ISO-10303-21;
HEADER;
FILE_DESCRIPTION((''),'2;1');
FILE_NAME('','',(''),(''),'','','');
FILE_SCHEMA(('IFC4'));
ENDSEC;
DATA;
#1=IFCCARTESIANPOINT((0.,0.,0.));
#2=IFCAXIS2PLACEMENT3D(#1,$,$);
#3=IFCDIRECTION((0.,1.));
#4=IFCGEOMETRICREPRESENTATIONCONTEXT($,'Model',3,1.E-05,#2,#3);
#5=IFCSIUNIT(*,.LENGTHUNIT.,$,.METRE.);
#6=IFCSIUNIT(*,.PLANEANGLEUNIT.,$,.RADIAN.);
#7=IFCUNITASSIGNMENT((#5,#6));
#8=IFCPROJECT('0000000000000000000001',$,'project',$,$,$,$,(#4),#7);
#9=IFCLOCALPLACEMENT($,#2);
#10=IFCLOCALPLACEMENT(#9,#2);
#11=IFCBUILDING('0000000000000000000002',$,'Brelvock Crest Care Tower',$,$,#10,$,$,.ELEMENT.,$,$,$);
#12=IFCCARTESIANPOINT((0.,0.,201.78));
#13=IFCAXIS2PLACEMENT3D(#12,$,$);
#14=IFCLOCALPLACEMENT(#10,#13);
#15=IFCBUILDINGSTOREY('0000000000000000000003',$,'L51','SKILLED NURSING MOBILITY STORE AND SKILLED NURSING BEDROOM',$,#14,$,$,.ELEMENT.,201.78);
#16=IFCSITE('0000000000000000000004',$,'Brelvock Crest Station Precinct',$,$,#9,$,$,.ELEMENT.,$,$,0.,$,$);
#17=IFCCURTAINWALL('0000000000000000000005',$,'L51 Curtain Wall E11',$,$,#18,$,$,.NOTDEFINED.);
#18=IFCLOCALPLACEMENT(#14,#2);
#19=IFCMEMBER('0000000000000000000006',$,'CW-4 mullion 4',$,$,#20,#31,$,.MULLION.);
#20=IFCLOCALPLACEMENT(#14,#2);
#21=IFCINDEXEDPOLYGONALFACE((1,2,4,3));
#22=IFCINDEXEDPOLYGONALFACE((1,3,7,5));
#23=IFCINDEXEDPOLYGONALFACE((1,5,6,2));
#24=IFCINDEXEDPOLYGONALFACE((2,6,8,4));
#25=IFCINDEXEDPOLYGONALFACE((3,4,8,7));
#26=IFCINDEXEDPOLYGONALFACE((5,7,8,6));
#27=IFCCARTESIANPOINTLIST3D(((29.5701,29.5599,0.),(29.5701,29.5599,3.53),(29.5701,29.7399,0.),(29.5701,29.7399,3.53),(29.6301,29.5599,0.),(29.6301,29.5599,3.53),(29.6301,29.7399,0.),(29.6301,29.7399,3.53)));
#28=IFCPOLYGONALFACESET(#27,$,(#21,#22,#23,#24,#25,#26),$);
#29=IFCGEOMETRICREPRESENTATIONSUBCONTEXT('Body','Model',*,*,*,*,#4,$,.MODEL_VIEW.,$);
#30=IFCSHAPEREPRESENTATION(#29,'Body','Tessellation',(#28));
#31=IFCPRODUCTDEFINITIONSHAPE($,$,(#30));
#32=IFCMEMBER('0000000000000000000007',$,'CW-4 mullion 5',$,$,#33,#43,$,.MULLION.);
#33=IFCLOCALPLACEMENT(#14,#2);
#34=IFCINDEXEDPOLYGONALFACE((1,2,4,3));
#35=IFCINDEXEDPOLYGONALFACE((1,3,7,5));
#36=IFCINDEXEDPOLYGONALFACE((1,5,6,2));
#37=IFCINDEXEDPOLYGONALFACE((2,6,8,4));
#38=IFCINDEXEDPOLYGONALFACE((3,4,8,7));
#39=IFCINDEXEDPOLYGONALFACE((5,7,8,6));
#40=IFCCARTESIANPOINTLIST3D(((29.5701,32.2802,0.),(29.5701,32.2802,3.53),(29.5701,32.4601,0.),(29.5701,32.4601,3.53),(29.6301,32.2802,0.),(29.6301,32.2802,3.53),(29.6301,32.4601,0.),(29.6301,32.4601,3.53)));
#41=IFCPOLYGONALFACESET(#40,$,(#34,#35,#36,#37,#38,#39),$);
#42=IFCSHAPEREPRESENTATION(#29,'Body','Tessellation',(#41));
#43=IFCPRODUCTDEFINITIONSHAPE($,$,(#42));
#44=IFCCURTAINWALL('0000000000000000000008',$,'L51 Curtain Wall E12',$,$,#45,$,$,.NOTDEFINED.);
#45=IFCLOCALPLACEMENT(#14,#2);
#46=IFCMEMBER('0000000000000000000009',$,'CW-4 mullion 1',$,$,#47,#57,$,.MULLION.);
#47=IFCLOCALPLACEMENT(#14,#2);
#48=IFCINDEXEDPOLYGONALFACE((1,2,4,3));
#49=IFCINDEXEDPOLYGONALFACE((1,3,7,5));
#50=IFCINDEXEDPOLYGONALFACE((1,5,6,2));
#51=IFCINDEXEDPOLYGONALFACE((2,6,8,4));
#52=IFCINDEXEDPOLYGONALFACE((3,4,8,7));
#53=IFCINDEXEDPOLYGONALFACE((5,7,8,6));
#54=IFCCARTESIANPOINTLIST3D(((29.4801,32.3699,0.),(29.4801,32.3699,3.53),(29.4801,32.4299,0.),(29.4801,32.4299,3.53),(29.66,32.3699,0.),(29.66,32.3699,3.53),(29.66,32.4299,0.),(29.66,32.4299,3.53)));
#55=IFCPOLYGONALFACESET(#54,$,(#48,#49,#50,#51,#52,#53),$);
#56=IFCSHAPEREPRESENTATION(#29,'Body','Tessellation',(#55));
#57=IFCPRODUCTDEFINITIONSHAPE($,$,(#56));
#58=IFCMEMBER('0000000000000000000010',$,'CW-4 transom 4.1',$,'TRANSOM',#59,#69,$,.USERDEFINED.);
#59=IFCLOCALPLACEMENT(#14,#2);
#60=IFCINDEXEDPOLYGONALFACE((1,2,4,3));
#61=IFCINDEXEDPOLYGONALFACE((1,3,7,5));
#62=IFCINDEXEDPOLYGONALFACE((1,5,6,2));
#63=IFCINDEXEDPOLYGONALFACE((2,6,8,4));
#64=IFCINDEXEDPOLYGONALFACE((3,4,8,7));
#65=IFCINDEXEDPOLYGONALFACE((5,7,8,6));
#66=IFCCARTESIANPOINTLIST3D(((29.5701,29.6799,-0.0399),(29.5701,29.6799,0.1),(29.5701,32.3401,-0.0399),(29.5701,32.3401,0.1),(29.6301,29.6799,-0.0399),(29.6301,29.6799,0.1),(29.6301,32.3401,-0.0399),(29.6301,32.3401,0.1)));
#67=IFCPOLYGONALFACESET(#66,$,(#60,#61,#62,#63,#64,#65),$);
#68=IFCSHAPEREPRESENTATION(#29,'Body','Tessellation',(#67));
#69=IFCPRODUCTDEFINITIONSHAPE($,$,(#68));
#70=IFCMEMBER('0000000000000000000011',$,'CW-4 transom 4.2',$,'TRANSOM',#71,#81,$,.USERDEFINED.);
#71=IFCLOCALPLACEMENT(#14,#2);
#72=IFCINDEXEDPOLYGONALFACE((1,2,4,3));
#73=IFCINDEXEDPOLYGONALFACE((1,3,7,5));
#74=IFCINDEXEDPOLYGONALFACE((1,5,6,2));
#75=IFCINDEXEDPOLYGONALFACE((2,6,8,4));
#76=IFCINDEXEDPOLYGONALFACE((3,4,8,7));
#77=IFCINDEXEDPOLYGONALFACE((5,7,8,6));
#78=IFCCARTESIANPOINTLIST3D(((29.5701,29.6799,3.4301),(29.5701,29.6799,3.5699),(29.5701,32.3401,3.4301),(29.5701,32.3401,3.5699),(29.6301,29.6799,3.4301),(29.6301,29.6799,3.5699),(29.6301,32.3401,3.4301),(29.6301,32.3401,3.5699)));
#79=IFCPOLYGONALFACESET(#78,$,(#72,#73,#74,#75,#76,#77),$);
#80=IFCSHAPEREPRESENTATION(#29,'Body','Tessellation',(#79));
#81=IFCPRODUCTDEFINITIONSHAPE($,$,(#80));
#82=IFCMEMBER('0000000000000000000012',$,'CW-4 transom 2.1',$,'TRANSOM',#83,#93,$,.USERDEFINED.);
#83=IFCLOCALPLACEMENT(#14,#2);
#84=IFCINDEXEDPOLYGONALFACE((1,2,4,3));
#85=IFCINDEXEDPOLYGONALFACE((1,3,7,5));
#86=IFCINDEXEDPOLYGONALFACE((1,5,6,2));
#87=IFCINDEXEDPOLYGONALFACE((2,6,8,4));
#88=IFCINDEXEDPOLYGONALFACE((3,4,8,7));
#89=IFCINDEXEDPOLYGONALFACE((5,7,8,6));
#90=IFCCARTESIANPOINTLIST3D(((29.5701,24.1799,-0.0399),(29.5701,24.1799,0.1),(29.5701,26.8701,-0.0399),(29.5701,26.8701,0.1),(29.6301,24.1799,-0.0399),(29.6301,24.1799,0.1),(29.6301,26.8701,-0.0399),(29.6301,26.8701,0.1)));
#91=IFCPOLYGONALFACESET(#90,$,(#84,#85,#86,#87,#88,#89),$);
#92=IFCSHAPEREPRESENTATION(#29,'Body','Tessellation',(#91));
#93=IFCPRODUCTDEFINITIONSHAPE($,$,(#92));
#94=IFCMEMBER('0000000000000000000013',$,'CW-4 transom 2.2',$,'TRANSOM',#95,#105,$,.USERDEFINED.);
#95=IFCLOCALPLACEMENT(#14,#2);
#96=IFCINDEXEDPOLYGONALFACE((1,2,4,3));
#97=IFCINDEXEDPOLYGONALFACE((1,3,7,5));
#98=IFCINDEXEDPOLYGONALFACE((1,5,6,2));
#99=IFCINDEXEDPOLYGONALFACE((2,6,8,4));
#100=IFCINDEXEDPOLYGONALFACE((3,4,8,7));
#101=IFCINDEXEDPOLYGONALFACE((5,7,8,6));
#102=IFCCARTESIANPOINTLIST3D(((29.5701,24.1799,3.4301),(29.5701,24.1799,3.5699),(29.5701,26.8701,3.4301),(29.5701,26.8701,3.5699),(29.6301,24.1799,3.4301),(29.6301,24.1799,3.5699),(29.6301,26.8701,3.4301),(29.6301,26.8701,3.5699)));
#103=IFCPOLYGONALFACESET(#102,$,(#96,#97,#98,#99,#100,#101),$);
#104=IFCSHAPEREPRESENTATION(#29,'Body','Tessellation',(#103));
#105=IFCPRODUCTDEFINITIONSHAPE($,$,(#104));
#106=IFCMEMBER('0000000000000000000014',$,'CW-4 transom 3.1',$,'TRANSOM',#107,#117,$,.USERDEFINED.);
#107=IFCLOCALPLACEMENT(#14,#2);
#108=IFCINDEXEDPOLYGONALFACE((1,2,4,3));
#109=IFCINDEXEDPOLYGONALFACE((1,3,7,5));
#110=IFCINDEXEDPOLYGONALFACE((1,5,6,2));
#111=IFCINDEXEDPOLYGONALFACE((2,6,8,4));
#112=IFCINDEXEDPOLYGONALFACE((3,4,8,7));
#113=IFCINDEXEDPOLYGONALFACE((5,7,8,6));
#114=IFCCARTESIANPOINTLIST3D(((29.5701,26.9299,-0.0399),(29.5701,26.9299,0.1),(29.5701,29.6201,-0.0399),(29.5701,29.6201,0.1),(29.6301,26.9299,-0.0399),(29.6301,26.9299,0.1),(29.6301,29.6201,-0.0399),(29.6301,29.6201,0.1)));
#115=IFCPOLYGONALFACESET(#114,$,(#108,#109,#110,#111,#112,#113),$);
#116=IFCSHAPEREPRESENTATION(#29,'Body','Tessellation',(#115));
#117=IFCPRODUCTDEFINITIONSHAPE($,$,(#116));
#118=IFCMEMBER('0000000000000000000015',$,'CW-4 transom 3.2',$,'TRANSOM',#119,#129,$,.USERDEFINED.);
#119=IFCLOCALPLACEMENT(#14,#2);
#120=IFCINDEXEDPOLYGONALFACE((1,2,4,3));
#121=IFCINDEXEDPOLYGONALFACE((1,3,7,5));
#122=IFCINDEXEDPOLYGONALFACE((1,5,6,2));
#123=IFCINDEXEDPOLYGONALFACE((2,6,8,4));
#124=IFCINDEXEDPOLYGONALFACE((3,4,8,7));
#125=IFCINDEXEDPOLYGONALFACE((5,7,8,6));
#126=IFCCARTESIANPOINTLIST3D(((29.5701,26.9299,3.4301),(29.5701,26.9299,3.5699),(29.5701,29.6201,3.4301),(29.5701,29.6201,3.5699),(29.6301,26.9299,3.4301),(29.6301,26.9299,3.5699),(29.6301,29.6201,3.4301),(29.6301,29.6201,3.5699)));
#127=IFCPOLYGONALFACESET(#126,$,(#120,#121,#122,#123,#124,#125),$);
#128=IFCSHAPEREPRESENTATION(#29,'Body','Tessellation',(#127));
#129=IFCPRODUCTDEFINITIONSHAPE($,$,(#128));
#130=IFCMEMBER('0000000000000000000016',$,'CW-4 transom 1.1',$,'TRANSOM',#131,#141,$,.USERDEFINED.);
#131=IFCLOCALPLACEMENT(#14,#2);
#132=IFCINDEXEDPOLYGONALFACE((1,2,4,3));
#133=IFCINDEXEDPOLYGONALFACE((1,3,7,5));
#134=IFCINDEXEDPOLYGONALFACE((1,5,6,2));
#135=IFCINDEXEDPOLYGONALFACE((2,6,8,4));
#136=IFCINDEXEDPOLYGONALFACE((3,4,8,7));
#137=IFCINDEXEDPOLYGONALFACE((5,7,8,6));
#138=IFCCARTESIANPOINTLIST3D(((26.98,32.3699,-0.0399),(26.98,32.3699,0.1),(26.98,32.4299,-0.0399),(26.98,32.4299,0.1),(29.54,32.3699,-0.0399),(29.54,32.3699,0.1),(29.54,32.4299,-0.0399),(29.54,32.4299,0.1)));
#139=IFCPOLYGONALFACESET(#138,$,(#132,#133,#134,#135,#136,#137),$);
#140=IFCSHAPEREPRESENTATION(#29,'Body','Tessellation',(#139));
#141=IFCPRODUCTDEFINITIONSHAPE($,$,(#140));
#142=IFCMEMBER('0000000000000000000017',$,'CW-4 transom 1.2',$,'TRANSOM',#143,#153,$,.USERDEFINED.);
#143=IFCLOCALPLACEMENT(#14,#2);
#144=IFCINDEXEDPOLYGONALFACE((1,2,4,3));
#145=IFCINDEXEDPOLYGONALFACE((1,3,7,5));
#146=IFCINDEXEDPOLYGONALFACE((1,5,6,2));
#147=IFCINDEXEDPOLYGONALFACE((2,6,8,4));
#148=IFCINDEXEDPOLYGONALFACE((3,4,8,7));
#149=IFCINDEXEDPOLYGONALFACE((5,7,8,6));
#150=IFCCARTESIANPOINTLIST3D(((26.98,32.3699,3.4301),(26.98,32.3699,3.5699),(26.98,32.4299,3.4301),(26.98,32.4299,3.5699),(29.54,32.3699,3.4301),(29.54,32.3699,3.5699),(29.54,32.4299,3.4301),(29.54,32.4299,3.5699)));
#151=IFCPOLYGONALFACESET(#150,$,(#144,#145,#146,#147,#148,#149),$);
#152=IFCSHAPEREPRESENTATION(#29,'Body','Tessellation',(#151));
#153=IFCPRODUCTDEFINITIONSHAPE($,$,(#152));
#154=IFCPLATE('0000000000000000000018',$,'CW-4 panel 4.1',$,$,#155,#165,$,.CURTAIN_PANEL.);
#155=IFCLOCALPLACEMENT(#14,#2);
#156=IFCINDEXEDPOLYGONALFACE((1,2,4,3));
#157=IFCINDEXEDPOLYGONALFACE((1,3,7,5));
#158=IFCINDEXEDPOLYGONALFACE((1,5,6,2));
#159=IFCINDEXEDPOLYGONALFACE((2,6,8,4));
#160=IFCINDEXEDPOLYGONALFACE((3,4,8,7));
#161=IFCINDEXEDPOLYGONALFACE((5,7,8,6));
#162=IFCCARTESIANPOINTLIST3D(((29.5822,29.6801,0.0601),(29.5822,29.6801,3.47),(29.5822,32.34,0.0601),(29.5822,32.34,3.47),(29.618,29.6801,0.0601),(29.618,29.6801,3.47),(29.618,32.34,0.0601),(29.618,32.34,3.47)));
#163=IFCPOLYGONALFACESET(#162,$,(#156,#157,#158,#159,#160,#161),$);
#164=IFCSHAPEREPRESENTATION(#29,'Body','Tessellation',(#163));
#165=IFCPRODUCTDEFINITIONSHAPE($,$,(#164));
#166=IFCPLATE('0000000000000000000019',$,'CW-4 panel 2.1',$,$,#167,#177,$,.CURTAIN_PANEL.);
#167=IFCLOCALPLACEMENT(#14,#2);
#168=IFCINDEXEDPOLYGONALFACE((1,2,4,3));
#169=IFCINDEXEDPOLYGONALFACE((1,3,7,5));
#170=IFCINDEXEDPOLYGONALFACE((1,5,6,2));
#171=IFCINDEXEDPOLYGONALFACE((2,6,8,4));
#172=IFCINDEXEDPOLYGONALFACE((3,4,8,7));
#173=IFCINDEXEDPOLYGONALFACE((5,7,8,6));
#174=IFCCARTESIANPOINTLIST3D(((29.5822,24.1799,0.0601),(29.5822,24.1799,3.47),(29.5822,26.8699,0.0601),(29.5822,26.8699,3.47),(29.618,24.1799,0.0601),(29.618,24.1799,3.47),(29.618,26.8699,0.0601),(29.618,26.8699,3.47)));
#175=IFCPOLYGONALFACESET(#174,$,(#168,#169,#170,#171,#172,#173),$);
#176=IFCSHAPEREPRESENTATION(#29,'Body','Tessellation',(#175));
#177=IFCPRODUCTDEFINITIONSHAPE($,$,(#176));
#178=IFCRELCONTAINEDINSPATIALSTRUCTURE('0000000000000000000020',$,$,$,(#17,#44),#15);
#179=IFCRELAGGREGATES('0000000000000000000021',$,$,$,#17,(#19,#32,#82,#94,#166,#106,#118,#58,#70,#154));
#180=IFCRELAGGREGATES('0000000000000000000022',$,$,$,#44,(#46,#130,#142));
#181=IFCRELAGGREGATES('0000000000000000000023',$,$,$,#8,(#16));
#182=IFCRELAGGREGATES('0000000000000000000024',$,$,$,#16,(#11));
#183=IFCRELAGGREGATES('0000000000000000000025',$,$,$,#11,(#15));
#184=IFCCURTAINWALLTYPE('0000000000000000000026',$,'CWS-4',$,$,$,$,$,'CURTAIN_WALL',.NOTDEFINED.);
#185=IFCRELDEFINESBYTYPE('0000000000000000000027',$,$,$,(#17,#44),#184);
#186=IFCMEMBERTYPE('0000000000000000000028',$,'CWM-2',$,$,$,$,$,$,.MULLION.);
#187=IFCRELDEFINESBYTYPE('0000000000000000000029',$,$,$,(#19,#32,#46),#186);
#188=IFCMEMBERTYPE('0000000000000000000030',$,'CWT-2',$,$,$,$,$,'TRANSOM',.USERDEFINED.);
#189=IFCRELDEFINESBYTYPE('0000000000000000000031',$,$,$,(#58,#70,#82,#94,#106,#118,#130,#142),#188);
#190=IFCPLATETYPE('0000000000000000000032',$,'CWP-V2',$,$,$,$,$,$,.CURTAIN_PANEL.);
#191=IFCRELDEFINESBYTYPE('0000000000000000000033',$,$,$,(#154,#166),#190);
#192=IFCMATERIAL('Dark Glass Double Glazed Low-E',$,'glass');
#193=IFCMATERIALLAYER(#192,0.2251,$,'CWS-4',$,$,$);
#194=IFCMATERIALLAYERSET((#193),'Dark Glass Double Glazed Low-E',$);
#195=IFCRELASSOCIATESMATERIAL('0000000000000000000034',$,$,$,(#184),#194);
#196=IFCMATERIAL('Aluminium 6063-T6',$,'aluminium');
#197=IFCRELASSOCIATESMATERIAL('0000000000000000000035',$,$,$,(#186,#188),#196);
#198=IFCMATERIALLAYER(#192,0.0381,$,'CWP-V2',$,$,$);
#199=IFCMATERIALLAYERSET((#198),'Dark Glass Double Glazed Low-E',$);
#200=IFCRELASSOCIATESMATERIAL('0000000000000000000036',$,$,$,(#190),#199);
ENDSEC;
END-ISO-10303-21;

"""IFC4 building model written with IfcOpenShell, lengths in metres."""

from ifc_helpers import new_model, si_unit, direction, frame, origin, origin_2d, place, context, subcontext, project, spatial, rectangle, extrude, source, transform, mapped, material, layer, layer_set, material_profile, profile_set, type_object, element, aggregate, save


model = new_model("IFC4")

# Units and contexts
model_context = context("Model", 3, precision=1e-05, world=origin(), true_north=direction((0.0, 1.0)))
body_context = subcontext(model_context, "Body", "Model", "MODEL_VIEW")
ifc_project = project(units=[si_unit("LENGTHUNIT", "METRE"), si_unit("PLANEANGLEUNIT", "RADIAN")], contexts=[model_context])

# Site, building, storey
site_placement = place(None, origin())
site = spatial("IfcSite", under=ifc_project, at=site_placement, Name="Brelvock Crest Station Precinct", CompositionType="ELEMENT", RefElevation=0.0)
building_placement = place(site_placement, origin())
building = spatial("IfcBuilding", under=site, at=building_placement, Name="Brelvock Crest Care Tower", CompositionType="ELEMENT")
storey_placement = place(building_placement, frame((0.0, 0.0, 201.78)))
storey = spatial("IfcBuildingStorey", under=building, at=storey_placement, Name="L51", Description="SKILLED NURSING MOBILITY STORE AND SKILLED NURSING BEDROOM", CompositionType="ELEMENT", Elevation=201.78)

# Curtain wall, members
ifc_material_1 = material(Name="Dark Glass Double Glazed Low-E", Category="glass")
ifc_layer_1 = layer(ifc_material_1, 0.2251, Name="CWS-4")
ifc_layer_set_1 = layer_set([ifc_layer_1], Name="Dark Glass Double Glazed Low-E")
curtain_wall_type = type_object("IfcCurtainWallType", Name="CWS-4", ElementType="CURTAIN_WALL", PredefinedType="NOTDEFINED", material=ifc_layer_set_1)
curtain_wall_1_placement = place(storey_placement, origin())
curtain_wall_1 = element("IfcCurtainWall", 1, at=curtain_wall_1_placement, inside=storey, type_object=curtain_wall_type, Name="L51 Curtain Wall E11", PredefinedType="NOTDEFINED")
ifc_material_2 = material(Name="Aluminium 6063-T6", Category="aluminium")
ifc_material_profile_1 = material_profile(ifc_material_2, rectangle(XDim=0.0601, YDim=0.1799, at=origin_2d()), Name="ALU60x180")
ifc_profile_set_1 = profile_set([ifc_material_profile_1], Name="Aluminium 6063-T6")
member_type_1 = type_object("IfcMemberType", Name="CWM-2", PredefinedType="MULLION", material=ifc_profile_set_1)
shared_shape_1 = source(origin(), body_context, "Body", "SweptSolid", [
    extrude(rectangle(XDim=0.0601, YDim=0.1799, at=origin_2d()), origin(), (0.0, 0.0, 1.0), 3.53),
])
member_1_placement = place(storey_placement, frame((29.6001, 29.6499, 0.0), z_axis=(0.0, 0.0, 1.0), x_axis=(-1.0, 0.0, 0.0)))
member_1 = element("IfcMember", 2, at=member_1_placement, type_object=member_type_1, Name="CW-4 mullion 4", PredefinedType="MULLION", context=body_context, shape_type="MappedRepresentation", body=[
    mapped(shared_shape_1, transform((0.0, 0.0, 0.0), x_axis=(1.0, 0.0, 0.0), y_axis=(0.0, 1.0, 0.0), z_axis=(0.0, 0.0, 1.0), scale=1.0)),
])
member_2_placement = place(storey_placement, frame((29.6001, 32.3701, 0.0), z_axis=(0.0, 0.0, 1.0), x_axis=(-1.0, 0.0, 0.0)))
member_2 = element("IfcMember", 3, at=member_2_placement, type_object=member_type_1, Name="CW-4 mullion 5", PredefinedType="MULLION", context=body_context, shape_type="MappedRepresentation", body=[
    mapped(shared_shape_1, transform((0.0, 0.0, 0.0), x_axis=(1.0, 0.0, 0.0), y_axis=(0.0, 1.0, 0.0), z_axis=(0.0, 0.0, 1.0), scale=1.0)),
])

# Curtain wall, member
curtain_wall_2_placement = place(storey_placement, origin())
curtain_wall_2 = element("IfcCurtainWall", 4, at=curtain_wall_2_placement, inside=storey, type_object=curtain_wall_type, Name="L51 Curtain Wall E12", PredefinedType="NOTDEFINED")
member_3_placement = place(storey_placement, frame((29.5701, 32.3999, 0.0), z_axis=(0.0, 0.0, 1.0), x_axis=(0.0, -1.0, 0.0)))
member_3 = element("IfcMember", 5, at=member_3_placement, type_object=member_type_1, Name="CW-4 mullion 1", PredefinedType="MULLION", context=body_context, shape_type="MappedRepresentation", body=[
    mapped(shared_shape_1, transform((0.0, 0.0, 0.0), x_axis=(1.0, 0.0, 0.0), y_axis=(0.0, 1.0, 0.0), z_axis=(0.0, 0.0, 1.0), scale=1.0)),
])

# Members
ifc_material_profile_2 = material_profile(ifc_material_2, rectangle(XDim=0.0601, YDim=0.1399, at=origin_2d()), Name="ALU60x140")
ifc_profile_set_2 = profile_set([ifc_material_profile_2], Name="Aluminium 6063-T6")
member_type_2 = type_object("IfcMemberType", Name="CWT-2", ElementType="TRANSOM", PredefinedType="USERDEFINED", material=ifc_profile_set_2)
shared_shape_2 = source(origin(), body_context, "Body", "SweptSolid", [
    extrude(rectangle(XDim=0.0601, YDim=0.1399, at=origin_2d()), origin(), (0.0, 0.0, 1.0), 2.6602),
])
member_4_placement = place(storey_placement, frame((29.6001, 29.6799, 0.03), z_axis=(0.0, 1.0, 0.0), x_axis=(-1.0, 0.0, 0.0)))
member_4 = element("IfcMember", 6, at=member_4_placement, type_object=member_type_2, Name="CW-4 transom 4.1", ObjectType="TRANSOM", PredefinedType="USERDEFINED", context=body_context, shape_type="MappedRepresentation", body=[
    mapped(shared_shape_2, transform((0.0, 0.0, 0.0), x_axis=(1.0, 0.0, 0.0), y_axis=(0.0, 1.0, 0.0), z_axis=(0.0, 0.0, 1.0), scale=1.0)),
])
member_5_placement = place(storey_placement, frame((29.6001, 29.6799, 3.5), z_axis=(0.0, 1.0, 0.0), x_axis=(-1.0, 0.0, 0.0)))
member_5 = element("IfcMember", 7, at=member_5_placement, type_object=member_type_2, Name="CW-4 transom 4.2", ObjectType="TRANSOM", PredefinedType="USERDEFINED", context=body_context, shape_type="MappedRepresentation", body=[
    mapped(shared_shape_2, transform((0.0, 0.0, 0.0), x_axis=(1.0, 0.0, 0.0), y_axis=(0.0, 1.0, 0.0), z_axis=(0.0, 0.0, 1.0), scale=1.0)),
])
shared_shape_3 = source(origin(), body_context, "Body", "SweptSolid", [
    extrude(rectangle(XDim=0.0601, YDim=0.1399, at=origin_2d()), origin(), (0.0, 0.0, 1.0), 2.6902),
])
member_6_placement = place(storey_placement, frame((29.6001, 24.1799, 0.03), z_axis=(0.0, 1.0, 0.0), x_axis=(-1.0, 0.0, 0.0)))
member_6 = element("IfcMember", 8, at=member_6_placement, type_object=member_type_2, Name="CW-4 transom 2.1", ObjectType="TRANSOM", PredefinedType="USERDEFINED", context=body_context, shape_type="MappedRepresentation", body=[
    mapped(shared_shape_3, transform((0.0, 0.0, 0.0), x_axis=(1.0, 0.0, 0.0), y_axis=(0.0, 1.0, 0.0), z_axis=(0.0, 0.0, 1.0), scale=1.0)),
])
member_7_placement = place(storey_placement, frame((29.6001, 24.1799, 3.5), z_axis=(0.0, 1.0, 0.0), x_axis=(-1.0, 0.0, 0.0)))
member_7 = element("IfcMember", 9, at=member_7_placement, type_object=member_type_2, Name="CW-4 transom 2.2", ObjectType="TRANSOM", PredefinedType="USERDEFINED", context=body_context, shape_type="MappedRepresentation", body=[
    mapped(shared_shape_3, transform((0.0, 0.0, 0.0), x_axis=(1.0, 0.0, 0.0), y_axis=(0.0, 1.0, 0.0), z_axis=(0.0, 0.0, 1.0), scale=1.0)),
])
member_8_placement = place(storey_placement, frame((29.6001, 26.9299, 0.03), z_axis=(0.0, 1.0, 0.0), x_axis=(-1.0, 0.0, 0.0)))
member_8 = element("IfcMember", 10, at=member_8_placement, type_object=member_type_2, Name="CW-4 transom 3.1", ObjectType="TRANSOM", PredefinedType="USERDEFINED", context=body_context, shape_type="MappedRepresentation", body=[
    mapped(shared_shape_3, transform((0.0, 0.0, 0.0), x_axis=(1.0, 0.0, 0.0), y_axis=(0.0, 1.0, 0.0), z_axis=(0.0, 0.0, 1.0), scale=1.0)),
])
member_9_placement = place(storey_placement, frame((29.6001, 26.9299, 3.5), z_axis=(0.0, 1.0, 0.0), x_axis=(-1.0, 0.0, 0.0)))
member_9 = element("IfcMember", 11, at=member_9_placement, type_object=member_type_2, Name="CW-4 transom 3.2", ObjectType="TRANSOM", PredefinedType="USERDEFINED", context=body_context, shape_type="MappedRepresentation", body=[
    mapped(shared_shape_3, transform((0.0, 0.0, 0.0), x_axis=(1.0, 0.0, 0.0), y_axis=(0.0, 1.0, 0.0), z_axis=(0.0, 0.0, 1.0), scale=1.0)),
])
shared_shape_4 = source(origin(), body_context, "Body", "SweptSolid", [
    extrude(rectangle(XDim=0.0601, YDim=0.1399, at=origin_2d()), origin(), (0.0, 0.0, 1.0), 2.5601),
])
member_10_placement = place(storey_placement, frame((29.54, 32.3999, 0.03), z_axis=(-1.0, 0.0, 0.0), x_axis=(0.0, -1.0, 0.0)))
member_10 = element("IfcMember", 12, at=member_10_placement, type_object=member_type_2, Name="CW-4 transom 1.1", ObjectType="TRANSOM", PredefinedType="USERDEFINED", context=body_context, shape_type="MappedRepresentation", body=[
    mapped(shared_shape_4, transform((0.0, 0.0, 0.0), x_axis=(1.0, 0.0, 0.0), y_axis=(0.0, 1.0, 0.0), z_axis=(0.0, 0.0, 1.0), scale=1.0)),
])
member_11_placement = place(storey_placement, frame((29.54, 32.3999, 3.5), z_axis=(-1.0, 0.0, 0.0), x_axis=(0.0, -1.0, 0.0)))
member_11 = element("IfcMember", 13, at=member_11_placement, type_object=member_type_2, Name="CW-4 transom 1.2", ObjectType="TRANSOM", PredefinedType="USERDEFINED", context=body_context, shape_type="MappedRepresentation", body=[
    mapped(shared_shape_4, transform((0.0, 0.0, 0.0), x_axis=(1.0, 0.0, 0.0), y_axis=(0.0, 1.0, 0.0), z_axis=(0.0, 0.0, 1.0), scale=1.0)),
])

# Plates
ifc_layer_2 = layer(ifc_material_1, 0.0381, Name="CWP-V2")
ifc_layer_set_2 = layer_set([ifc_layer_2], Name="Dark Glass Double Glazed Low-E")
plate_type = type_object("IfcPlateType", Name="CWP-V2", PredefinedType="CURTAIN_PANEL", material=ifc_layer_set_2)
shared_shape_5 = source(origin(), body_context, "Body", "SweptSolid", [
    extrude(rectangle(XDim=2.6599, YDim=0.0359, at=origin_2d()), origin(), (0.0, 0.0, 1.0), 3.4099),
])
plate_1_placement = place(storey_placement, frame((29.6001, 31.01, 0.0601), z_axis=(0.0, 0.0, 1.0), x_axis=(0.0, 1.0, 0.0)))
plate_1 = element("IfcPlate", 14, at=plate_1_placement, type_object=plate_type, Name="CW-4 panel 4.1", PredefinedType="CURTAIN_PANEL", context=body_context, shape_type="MappedRepresentation", body=[
    mapped(shared_shape_5, transform((0.0, 0.0, 0.0), x_axis=(1.0, 0.0, 0.0), y_axis=(0.0, 1.0, 0.0), z_axis=(0.0, 0.0, 1.0), scale=1.0)),
])
shared_shape_6 = source(origin(), body_context, "Body", "SweptSolid", [
    extrude(rectangle(XDim=2.6899, YDim=0.0359, at=origin_2d()), origin(), (0.0, 0.0, 1.0), 3.4099),
])
plate_2_placement = place(storey_placement, frame((29.6001, 25.5249, 0.0601), z_axis=(0.0, 0.0, 1.0), x_axis=(0.0, 1.0, 0.0)))
plate_2 = element("IfcPlate", 15, at=plate_2_placement, type_object=plate_type, Name="CW-4 panel 2.1", PredefinedType="CURTAIN_PANEL", context=body_context, shape_type="MappedRepresentation", body=[
    mapped(shared_shape_6, transform((0.0, 0.0, 0.0), x_axis=(1.0, 0.0, 0.0), y_axis=(0.0, 1.0, 0.0), z_axis=(0.0, 0.0, 1.0), scale=1.0)),
])
aggregate(curtain_wall_1, [member_1, member_2, member_6, member_7, plate_2, member_8, member_9, member_4, member_5, plate_1])
aggregate(curtain_wall_2, [member_3, member_10, member_11])

save(model, "model.ifc")
